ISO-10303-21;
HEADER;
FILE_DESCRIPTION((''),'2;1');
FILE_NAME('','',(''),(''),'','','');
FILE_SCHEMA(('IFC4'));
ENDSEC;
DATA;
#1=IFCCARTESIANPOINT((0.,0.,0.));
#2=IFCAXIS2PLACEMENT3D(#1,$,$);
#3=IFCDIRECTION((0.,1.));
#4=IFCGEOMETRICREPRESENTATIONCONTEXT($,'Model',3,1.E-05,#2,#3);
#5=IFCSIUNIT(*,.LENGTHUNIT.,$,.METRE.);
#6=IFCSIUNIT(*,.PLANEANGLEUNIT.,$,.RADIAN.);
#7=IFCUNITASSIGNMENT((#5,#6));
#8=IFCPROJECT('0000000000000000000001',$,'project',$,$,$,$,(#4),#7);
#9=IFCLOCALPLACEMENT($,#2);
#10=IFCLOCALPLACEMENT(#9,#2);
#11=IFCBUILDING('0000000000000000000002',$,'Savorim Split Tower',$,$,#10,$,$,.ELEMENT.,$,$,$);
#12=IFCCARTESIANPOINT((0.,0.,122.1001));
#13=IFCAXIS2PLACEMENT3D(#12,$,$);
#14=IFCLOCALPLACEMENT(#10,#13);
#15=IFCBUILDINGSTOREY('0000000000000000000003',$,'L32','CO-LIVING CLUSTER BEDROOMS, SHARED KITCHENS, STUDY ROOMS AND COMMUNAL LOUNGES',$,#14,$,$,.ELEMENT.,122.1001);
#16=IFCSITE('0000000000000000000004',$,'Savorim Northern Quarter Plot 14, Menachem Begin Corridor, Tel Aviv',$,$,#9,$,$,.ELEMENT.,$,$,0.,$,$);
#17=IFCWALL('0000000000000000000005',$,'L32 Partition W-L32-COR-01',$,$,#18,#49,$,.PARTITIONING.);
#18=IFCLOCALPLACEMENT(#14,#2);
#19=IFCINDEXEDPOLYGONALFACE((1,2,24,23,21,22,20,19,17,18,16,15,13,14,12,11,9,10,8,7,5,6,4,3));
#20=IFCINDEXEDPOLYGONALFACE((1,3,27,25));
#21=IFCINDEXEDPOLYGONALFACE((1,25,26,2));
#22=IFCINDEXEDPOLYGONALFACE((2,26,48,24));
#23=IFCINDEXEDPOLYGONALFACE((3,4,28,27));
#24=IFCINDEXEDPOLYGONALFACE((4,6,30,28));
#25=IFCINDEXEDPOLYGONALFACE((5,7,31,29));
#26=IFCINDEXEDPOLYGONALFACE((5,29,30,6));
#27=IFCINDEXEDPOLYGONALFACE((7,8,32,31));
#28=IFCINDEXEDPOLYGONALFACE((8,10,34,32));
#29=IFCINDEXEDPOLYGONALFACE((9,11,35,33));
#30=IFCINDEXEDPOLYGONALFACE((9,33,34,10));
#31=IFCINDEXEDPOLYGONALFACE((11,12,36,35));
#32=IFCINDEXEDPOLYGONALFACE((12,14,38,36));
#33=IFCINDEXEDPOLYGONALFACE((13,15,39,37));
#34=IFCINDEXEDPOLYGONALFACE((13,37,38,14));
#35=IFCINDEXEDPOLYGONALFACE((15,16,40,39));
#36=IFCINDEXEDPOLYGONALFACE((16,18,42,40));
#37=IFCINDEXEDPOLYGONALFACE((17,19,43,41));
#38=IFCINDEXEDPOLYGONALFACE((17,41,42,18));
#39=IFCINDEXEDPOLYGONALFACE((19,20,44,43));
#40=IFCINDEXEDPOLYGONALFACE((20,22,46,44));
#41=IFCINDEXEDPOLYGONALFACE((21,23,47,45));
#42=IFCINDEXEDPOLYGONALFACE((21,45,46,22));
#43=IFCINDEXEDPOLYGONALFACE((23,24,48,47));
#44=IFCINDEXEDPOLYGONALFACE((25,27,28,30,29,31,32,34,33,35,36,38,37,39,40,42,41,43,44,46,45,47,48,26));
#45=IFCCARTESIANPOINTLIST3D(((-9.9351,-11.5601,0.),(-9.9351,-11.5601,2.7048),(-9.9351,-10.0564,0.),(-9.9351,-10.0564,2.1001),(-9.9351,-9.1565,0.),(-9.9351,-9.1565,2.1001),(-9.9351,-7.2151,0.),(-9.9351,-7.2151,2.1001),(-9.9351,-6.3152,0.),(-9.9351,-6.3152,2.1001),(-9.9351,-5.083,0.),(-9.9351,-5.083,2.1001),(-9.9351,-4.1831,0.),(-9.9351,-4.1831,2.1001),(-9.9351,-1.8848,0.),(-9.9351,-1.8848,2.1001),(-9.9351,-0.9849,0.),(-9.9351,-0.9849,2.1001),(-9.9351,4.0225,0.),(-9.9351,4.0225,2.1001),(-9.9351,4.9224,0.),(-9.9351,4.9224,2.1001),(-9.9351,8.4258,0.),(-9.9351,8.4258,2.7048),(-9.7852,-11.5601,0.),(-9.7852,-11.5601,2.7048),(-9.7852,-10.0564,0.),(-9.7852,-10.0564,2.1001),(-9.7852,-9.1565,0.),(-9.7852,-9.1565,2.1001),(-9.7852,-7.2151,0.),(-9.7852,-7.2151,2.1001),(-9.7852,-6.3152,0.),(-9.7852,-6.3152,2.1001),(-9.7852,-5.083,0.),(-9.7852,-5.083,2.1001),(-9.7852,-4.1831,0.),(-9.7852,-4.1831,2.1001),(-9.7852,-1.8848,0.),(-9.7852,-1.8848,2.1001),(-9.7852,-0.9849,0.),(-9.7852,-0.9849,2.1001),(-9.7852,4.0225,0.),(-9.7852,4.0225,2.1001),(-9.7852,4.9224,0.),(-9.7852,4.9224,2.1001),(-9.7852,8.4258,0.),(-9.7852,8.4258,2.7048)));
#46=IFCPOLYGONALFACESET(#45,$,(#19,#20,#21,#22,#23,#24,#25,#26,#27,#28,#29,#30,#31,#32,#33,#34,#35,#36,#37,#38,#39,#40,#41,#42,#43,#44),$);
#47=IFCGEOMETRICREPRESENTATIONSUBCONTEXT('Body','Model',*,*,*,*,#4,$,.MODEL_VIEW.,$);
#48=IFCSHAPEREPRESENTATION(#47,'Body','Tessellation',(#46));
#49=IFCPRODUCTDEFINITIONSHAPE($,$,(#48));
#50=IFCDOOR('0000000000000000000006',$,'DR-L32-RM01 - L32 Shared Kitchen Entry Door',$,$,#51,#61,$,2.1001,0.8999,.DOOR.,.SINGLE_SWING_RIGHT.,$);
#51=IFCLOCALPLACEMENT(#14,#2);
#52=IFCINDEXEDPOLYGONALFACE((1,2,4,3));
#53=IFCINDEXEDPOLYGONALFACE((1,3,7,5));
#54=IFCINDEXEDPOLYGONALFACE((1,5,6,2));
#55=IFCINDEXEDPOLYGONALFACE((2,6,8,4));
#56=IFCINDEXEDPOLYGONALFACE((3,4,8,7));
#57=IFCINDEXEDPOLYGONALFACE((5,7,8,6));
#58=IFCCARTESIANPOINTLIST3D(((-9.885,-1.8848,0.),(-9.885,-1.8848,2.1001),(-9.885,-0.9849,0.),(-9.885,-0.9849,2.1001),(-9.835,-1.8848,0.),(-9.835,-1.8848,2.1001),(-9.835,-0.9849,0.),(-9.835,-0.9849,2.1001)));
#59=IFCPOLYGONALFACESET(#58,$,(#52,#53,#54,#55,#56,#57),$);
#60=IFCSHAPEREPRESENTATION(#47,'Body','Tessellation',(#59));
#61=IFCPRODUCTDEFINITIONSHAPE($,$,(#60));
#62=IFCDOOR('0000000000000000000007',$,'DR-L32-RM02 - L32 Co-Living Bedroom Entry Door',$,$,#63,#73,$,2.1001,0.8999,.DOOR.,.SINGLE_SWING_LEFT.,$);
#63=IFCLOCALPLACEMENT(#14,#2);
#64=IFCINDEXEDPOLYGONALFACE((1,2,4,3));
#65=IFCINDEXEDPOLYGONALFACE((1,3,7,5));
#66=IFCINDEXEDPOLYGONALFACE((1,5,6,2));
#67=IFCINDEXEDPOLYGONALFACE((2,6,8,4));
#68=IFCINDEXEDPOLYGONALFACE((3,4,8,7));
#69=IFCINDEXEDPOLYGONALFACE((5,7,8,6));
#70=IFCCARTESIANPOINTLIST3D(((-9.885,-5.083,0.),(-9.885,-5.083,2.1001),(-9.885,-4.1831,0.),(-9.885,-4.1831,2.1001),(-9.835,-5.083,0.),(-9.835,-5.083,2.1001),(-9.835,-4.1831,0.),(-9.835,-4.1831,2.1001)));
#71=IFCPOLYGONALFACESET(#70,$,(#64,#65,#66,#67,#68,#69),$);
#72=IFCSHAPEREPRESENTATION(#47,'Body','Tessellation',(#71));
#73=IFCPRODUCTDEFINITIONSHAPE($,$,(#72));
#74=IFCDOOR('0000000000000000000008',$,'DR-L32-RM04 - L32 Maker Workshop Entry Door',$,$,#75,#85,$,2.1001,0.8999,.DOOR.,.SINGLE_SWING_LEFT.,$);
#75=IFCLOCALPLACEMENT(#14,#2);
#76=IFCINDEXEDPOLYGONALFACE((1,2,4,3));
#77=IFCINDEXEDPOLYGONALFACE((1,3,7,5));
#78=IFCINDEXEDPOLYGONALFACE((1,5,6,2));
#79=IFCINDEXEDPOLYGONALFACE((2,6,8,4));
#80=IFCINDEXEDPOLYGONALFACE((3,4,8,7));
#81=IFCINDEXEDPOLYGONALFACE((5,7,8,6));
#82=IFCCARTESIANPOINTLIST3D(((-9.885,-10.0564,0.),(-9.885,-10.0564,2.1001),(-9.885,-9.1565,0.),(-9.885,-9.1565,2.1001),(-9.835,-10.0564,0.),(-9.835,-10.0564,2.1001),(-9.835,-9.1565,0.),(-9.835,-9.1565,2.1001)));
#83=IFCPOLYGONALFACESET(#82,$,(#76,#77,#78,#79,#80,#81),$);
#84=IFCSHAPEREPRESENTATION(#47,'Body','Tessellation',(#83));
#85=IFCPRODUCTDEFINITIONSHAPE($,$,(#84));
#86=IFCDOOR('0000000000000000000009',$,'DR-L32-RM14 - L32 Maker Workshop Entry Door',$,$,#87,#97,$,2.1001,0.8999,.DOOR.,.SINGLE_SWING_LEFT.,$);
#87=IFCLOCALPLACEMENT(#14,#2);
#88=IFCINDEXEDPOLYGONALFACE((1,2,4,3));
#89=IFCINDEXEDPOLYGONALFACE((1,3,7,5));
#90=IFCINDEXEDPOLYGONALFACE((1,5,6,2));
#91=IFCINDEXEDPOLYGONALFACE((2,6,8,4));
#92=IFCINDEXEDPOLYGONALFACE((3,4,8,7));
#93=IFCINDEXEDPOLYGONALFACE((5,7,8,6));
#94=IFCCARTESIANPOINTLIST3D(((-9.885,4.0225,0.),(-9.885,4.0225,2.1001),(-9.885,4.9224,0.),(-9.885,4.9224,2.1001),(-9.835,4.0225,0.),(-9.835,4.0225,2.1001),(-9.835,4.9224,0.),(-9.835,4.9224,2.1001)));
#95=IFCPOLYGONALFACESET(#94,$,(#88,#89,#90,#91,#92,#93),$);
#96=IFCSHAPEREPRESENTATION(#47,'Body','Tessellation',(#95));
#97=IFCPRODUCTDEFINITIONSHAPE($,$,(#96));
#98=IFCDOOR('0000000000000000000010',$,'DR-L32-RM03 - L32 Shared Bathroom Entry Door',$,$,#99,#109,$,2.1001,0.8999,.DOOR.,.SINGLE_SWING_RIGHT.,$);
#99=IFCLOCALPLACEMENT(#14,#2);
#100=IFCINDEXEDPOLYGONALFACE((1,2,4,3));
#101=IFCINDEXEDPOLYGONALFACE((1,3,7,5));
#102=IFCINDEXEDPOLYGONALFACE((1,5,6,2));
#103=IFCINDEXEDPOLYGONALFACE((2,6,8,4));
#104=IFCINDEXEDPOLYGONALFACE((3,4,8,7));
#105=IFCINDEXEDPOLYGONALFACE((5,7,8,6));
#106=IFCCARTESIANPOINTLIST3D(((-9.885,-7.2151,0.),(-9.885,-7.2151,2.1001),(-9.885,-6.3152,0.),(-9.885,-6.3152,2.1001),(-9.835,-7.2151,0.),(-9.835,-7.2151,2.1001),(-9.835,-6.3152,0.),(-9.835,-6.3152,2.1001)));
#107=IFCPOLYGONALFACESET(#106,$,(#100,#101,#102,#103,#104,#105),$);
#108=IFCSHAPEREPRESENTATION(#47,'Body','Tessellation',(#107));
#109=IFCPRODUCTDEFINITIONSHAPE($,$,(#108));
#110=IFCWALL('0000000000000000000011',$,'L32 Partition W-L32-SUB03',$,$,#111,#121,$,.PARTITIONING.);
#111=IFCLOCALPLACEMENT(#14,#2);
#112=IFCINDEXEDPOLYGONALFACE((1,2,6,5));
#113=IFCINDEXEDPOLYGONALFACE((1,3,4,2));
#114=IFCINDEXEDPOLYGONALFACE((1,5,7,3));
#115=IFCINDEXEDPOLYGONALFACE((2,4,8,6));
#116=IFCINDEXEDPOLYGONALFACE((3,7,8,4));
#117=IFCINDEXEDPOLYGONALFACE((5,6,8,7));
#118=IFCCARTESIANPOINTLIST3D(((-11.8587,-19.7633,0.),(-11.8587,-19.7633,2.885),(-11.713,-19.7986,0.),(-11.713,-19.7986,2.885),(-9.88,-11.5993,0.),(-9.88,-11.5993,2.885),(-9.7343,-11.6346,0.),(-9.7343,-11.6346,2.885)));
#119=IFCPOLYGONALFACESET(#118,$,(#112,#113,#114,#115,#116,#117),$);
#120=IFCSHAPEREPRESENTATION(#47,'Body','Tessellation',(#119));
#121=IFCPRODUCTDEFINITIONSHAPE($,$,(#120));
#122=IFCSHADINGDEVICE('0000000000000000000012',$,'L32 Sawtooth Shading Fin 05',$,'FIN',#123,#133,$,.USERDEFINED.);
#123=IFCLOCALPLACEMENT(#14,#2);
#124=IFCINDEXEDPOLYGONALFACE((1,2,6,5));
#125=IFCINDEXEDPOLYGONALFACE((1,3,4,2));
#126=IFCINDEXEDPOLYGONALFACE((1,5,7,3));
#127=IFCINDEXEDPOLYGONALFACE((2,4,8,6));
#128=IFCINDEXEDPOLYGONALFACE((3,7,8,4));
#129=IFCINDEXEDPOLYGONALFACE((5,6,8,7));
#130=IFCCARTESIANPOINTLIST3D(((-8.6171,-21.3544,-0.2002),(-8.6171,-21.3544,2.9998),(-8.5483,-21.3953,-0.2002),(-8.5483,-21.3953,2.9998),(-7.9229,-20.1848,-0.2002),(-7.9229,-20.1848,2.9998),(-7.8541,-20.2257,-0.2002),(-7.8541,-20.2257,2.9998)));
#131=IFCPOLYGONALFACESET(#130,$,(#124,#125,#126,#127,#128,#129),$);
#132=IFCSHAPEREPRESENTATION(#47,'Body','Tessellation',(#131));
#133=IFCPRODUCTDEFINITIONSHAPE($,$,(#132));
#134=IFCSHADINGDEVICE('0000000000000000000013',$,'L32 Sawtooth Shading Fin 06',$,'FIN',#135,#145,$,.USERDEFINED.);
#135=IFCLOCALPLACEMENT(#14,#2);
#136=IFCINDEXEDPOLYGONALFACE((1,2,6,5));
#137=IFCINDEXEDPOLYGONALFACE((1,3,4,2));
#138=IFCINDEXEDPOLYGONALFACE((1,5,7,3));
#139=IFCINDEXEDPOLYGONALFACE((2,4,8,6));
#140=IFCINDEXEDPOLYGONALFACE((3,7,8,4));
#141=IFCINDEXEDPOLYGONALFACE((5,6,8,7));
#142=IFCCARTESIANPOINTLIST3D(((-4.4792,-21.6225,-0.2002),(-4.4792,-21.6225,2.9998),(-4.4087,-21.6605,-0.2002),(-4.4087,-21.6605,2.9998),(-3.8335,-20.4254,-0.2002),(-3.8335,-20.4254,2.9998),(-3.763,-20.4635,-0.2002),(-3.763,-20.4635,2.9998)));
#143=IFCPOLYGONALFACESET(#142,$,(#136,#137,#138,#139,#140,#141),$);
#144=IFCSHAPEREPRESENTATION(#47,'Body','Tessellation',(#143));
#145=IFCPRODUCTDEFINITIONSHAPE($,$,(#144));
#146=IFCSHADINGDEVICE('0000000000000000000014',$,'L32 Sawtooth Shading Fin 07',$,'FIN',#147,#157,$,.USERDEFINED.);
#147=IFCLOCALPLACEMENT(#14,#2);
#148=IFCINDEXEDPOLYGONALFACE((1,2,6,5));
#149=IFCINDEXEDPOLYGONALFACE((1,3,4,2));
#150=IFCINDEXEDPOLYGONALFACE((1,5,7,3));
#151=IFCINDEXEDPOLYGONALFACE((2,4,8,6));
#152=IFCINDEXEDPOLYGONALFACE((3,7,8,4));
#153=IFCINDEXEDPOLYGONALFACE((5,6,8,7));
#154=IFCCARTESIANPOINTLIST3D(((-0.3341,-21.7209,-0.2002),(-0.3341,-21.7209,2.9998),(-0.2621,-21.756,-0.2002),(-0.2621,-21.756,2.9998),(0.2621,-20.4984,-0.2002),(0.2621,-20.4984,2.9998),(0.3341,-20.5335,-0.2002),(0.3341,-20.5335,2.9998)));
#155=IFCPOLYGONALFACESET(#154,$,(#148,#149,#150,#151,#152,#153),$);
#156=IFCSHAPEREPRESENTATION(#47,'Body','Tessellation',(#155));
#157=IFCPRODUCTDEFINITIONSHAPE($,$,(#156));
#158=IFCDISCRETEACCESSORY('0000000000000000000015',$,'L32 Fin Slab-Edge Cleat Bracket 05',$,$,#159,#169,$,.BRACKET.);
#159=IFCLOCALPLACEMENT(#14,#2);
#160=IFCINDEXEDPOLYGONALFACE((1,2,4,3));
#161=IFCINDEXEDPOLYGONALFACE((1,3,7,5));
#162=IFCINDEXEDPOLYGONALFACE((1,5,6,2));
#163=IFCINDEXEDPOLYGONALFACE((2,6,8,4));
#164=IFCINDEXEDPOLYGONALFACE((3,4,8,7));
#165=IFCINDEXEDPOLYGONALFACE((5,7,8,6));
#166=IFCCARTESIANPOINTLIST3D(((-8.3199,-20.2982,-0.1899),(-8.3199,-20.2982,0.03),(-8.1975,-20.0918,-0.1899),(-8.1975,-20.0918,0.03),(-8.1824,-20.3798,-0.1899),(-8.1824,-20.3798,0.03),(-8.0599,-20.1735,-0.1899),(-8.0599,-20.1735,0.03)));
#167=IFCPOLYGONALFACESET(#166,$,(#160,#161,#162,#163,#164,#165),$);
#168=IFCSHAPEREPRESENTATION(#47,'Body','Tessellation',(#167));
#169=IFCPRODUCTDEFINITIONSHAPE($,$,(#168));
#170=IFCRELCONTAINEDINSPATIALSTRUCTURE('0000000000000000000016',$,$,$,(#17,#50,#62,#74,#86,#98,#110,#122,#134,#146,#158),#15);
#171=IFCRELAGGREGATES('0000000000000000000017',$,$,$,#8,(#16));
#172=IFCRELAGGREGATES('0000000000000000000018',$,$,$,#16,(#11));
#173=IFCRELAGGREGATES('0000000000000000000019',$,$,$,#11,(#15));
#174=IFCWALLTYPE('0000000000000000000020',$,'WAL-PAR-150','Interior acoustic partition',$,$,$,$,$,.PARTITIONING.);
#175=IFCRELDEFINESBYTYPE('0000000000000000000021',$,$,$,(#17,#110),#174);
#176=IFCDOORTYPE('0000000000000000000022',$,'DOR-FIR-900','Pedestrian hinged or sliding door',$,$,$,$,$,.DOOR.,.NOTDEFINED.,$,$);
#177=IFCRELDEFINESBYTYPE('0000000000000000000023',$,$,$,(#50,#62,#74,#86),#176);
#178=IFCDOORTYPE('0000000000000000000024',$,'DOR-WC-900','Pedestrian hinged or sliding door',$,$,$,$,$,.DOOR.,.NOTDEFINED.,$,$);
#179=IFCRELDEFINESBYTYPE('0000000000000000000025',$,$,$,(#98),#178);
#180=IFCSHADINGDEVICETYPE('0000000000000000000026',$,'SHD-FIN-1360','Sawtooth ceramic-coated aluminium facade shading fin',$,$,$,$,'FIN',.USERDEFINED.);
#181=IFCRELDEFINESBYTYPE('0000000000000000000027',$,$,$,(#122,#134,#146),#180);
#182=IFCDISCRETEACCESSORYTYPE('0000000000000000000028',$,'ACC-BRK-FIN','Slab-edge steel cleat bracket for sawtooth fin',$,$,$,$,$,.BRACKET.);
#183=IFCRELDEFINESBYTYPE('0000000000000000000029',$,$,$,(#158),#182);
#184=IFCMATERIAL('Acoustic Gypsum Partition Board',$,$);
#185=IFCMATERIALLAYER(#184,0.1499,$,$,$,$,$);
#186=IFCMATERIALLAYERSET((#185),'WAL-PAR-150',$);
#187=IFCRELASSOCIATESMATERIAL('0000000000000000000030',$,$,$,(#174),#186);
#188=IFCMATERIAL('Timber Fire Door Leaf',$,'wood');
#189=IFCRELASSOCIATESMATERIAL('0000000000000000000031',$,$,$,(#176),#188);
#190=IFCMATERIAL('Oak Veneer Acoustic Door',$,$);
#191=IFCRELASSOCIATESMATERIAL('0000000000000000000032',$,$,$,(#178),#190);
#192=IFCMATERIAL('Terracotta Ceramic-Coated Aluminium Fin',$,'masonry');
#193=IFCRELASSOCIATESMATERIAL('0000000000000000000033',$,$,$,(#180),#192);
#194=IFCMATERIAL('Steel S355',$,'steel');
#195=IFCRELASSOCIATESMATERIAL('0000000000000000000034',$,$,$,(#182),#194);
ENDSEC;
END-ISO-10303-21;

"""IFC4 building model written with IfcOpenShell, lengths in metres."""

from ifc_helpers import new_model, si_unit, direction, frame, frame_2d, origin, origin_2d, place, context, subcontext, project, spatial, rectangle, extrude, material, layer, layer_set, type_object, element, fill, save


model = new_model("IFC4")

# Units and contexts
model_context = context("Model", 3, precision=1e-05, world=origin(), true_north=direction((0.0, 1.0)))
body_context = subcontext(model_context, "Body", "Model", "MODEL_VIEW")
ifc_project = project(units=[si_unit("LENGTHUNIT", "METRE"), si_unit("PLANEANGLEUNIT", "RADIAN")], contexts=[model_context])

# Site, building, storey
site_placement = place(None, origin())
site = spatial("IfcSite", under=ifc_project, at=site_placement, Name="Savorim Northern Quarter Plot 14, Menachem Begin Corridor, Tel Aviv", CompositionType="ELEMENT", RefElevation=0.0)
building_placement = place(site_placement, origin())
building = spatial("IfcBuilding", under=site, at=building_placement, Name="Savorim Split Tower", CompositionType="ELEMENT")
storey_placement = place(building_placement, frame((0.0, 0.0, 122.1001)))
storey = spatial("IfcBuildingStorey", under=building, at=storey_placement, Name="L32", Description="CO-LIVING CLUSTER BEDROOMS, SHARED KITCHENS, STUDY ROOMS AND COMMUNAL LOUNGES", CompositionType="ELEMENT", Elevation=122.1001)

# Shared definitions
ifc_material_1 = material(Name="Steel S355", Category="steel")

# Wall, openings, doors
ifc_material_2 = material(Name="Acoustic Gypsum Partition Board")
ifc_layer_1 = layer(ifc_material_2, 0.1499)
ifc_layer_set_1 = layer_set([ifc_layer_1], Name="WAL-PAR-150")
wall_type = type_object("IfcWallType", Name="WAL-PAR-150", Description="Interior acoustic partition", PredefinedType="PARTITIONING", material=ifc_layer_set_1)
wall_1_placement = place(storey_placement, frame((-9.8601, -11.5601, 0.0), z_axis=(0.0, 0.0, 1.0), x_axis=(0.0, 1.0, 0.0)))
wall_1 = element("IfcWall", 1, at=wall_1_placement, inside=storey, type_object=wall_type, Name="L32 Partition W-L32-COR-01", PredefinedType="PARTITIONING", context=body_context, shape_type="SweptSolid", body=[
    extrude(rectangle(XDim=19.9858, YDim=0.1499, at=frame_2d((9.9929, 0.0))), origin(), (0.0, 0.0, 1.0), 2.7048),
])
opening_1_placement = place(wall_1_placement, frame((9.6753, 0.0, 0.0)))
opening_1 = element("IfcOpeningElement", 2, at=opening_1_placement, cuts=wall_1, PredefinedType="OPENING", context=body_context, shape_type="SweptSolid", body=[
    extrude(rectangle(XDim=0.8999, YDim=2.1001, at=frame_2d((0.45, 1.05))), frame((0.0, 0.085, 0.0), z_axis=(0.0, -1.0, 0.0), x_axis=(1.0, 0.0, 0.0)), (0.0, 0.0, 1.0), 0.1699),
])
opening_2_placement = place(wall_1_placement, frame((6.4771, 0.0, 0.0)))
opening_2 = element("IfcOpeningElement", 3, at=opening_2_placement, cuts=wall_1, PredefinedType="OPENING", context=body_context, shape_type="SweptSolid", body=[
    extrude(rectangle(XDim=0.8999, YDim=2.1001, at=frame_2d((0.45, 1.05))), frame((0.0, 0.085, 0.0), z_axis=(0.0, -1.0, 0.0), x_axis=(1.0, 0.0, 0.0)), (0.0, 0.0, 1.0), 0.1699),
])
opening_3_placement = place(wall_1_placement, frame((4.345, 0.0, 0.0)))
opening_3 = element("IfcOpeningElement", 4, at=opening_3_placement, cuts=wall_1, PredefinedType="OPENING", context=body_context, shape_type="SweptSolid", body=[
    extrude(rectangle(XDim=0.8999, YDim=2.1001, at=frame_2d((0.45, 1.05))), frame((0.0, 0.085, 0.0), z_axis=(0.0, -1.0, 0.0), x_axis=(1.0, 0.0, 0.0)), (0.0, 0.0, 1.0), 0.1699),
])
opening_4_placement = place(wall_1_placement, frame((1.5037, 0.0, 0.0)))
opening_4 = element("IfcOpeningElement", 5, at=opening_4_placement, cuts=wall_1, PredefinedType="OPENING", context=body_context, shape_type="SweptSolid", body=[
    extrude(rectangle(XDim=0.8999, YDim=2.1001, at=frame_2d((0.45, 1.05))), frame((0.0, 0.085, 0.0), z_axis=(0.0, -1.0, 0.0), x_axis=(1.0, 0.0, 0.0)), (0.0, 0.0, 1.0), 0.1699),
])
opening_5_placement = place(wall_1_placement, frame((15.5825, 0.0, 0.0)))
opening_5 = element("IfcOpeningElement", 6, at=opening_5_placement, cuts=wall_1, PredefinedType="OPENING", context=body_context, shape_type="SweptSolid", body=[
    extrude(rectangle(XDim=0.8999, YDim=2.1001, at=frame_2d((0.45, 1.05))), frame((0.0, 0.085, 0.0), z_axis=(0.0, -1.0, 0.0), x_axis=(1.0, 0.0, 0.0)), (0.0, 0.0, 1.0), 0.1699),
])
ifc_material_3 = material(Name="Timber Fire Door Leaf", Category="wood")
door_type_1 = type_object("IfcDoorType", Name="DOR-FIR-900", Description="Pedestrian hinged or sliding door", OperationType="NOTDEFINED", PredefinedType="DOOR", material=ifc_material_3)
door_1_placement = place(opening_1_placement, origin())
door_1 = element("IfcDoor", 7, at=door_1_placement, inside=storey, type_object=door_type_1, Name="DR-L32-RM01 - L32 Shared Kitchen Entry Door", OperationType="SINGLE_SWING_RIGHT", OverallHeight=2.1001, OverallWidth=0.8999, PredefinedType="DOOR", context=body_context, shape_type="SweptSolid", body=[
    extrude(rectangle(XDim=0.8999, YDim=2.1001, at=frame_2d((0.45, 1.05))), frame((0.0, 0.0249, 0.0), z_axis=(0.0, -1.0, 0.0), x_axis=(1.0, 0.0, 0.0)), (0.0, 0.0, 1.0), 0.05),
])
fill(opening_1, door_1)
door_2_placement = place(opening_2_placement, origin())
door_2 = element("IfcDoor", 8, at=door_2_placement, inside=storey, type_object=door_type_1, Name="DR-L32-RM02 - L32 Co-Living Bedroom Entry Door", OperationType="SINGLE_SWING_LEFT", OverallHeight=2.1001, OverallWidth=0.8999, PredefinedType="DOOR", context=body_context, shape_type="SweptSolid", body=[
    extrude(rectangle(XDim=0.8999, YDim=2.1001, at=frame_2d((0.45, 1.05))), frame((0.0, 0.0249, 0.0), z_axis=(0.0, -1.0, 0.0), x_axis=(1.0, 0.0, 0.0)), (0.0, 0.0, 1.0), 0.05),
])
fill(opening_2, door_2)
door_3_placement = place(opening_4_placement, origin())
door_3 = element("IfcDoor", 9, at=door_3_placement, inside=storey, type_object=door_type_1, Name="DR-L32-RM04 - L32 Maker Workshop Entry Door", OperationType="SINGLE_SWING_LEFT", OverallHeight=2.1001, OverallWidth=0.8999, PredefinedType="DOOR", context=body_context, shape_type="SweptSolid", body=[
    extrude(rectangle(XDim=0.8999, YDim=2.1001, at=frame_2d((0.45, 1.05))), frame((0.0, 0.0249, 0.0), z_axis=(0.0, -1.0, 0.0), x_axis=(1.0, 0.0, 0.0)), (0.0, 0.0, 1.0), 0.05),
])
fill(opening_4, door_3)
door_4_placement = place(opening_5_placement, origin())
door_4 = element("IfcDoor", 10, at=door_4_placement, inside=storey, type_object=door_type_1, Name="DR-L32-RM14 - L32 Maker Workshop Entry Door", OperationType="SINGLE_SWING_LEFT", OverallHeight=2.1001, OverallWidth=0.8999, PredefinedType="DOOR", context=body_context, shape_type="SweptSolid", body=[
    extrude(rectangle(XDim=0.8999, YDim=2.1001, at=frame_2d((0.45, 1.05))), frame((0.0, 0.0249, 0.0), z_axis=(0.0, -1.0, 0.0), x_axis=(1.0, 0.0, 0.0)), (0.0, 0.0, 1.0), 0.05),
])
fill(opening_5, door_4)
ifc_material_4 = material(Name="Oak Veneer Acoustic Door")
door_type_2 = type_object("IfcDoorType", Name="DOR-WC-900", Description="Pedestrian hinged or sliding door", OperationType="NOTDEFINED", PredefinedType="DOOR", material=ifc_material_4)
door_5_placement = place(opening_3_placement, origin())
door_5 = element("IfcDoor", 11, at=door_5_placement, inside=storey, type_object=door_type_2, Name="DR-L32-RM03 - L32 Shared Bathroom Entry Door", OperationType="SINGLE_SWING_RIGHT", OverallHeight=2.1001, OverallWidth=0.8999, PredefinedType="DOOR", context=body_context, shape_type="SweptSolid", body=[
    extrude(rectangle(XDim=0.8999, YDim=2.1001, at=frame_2d((0.45, 1.05))), frame((0.0, 0.0249, 0.0), z_axis=(0.0, -1.0, 0.0), x_axis=(1.0, 0.0, 0.0)), (0.0, 0.0, 1.0), 0.05),
])
fill(opening_3, door_5)

# Wall
wall_2_placement = place(storey_placement, frame((-9.8071, -11.6169, 0.0), z_axis=(0.0, 0.0, 1.0), x_axis=(-0.235554, -0.971861, 0.0)))
element("IfcWall", 12, at=wall_2_placement, inside=storey, type_object=wall_type, Name="L32 Partition W-L32-SUB03", PredefinedType="PARTITIONING", context=body_context, shape_type="SweptSolid", body=[
    extrude(rectangle(XDim=8.4004, YDim=0.1499, at=frame_2d((4.2002, 0.0))), origin(), (0.0, 0.0, 1.0), 2.885),
])

# Shading devices
ifc_material_5 = material(Name="Terracotta Ceramic-Coated Aluminium Fin", Category="masonry")
shading_device_type = type_object("IfcShadingDeviceType", Name="SHD-FIN-1360", Description="Sawtooth ceramic-coated aluminium facade shading fin", ElementType="FIN", PredefinedType="USERDEFINED", material=ifc_material_5)
for number, where, z_axis, x_axis, name in (
    (13, (-8.2356, -20.79, -0.2002), (0.0, 0.0, 1.0), (-0.510391, -0.859942, 0.0), "L32 Sawtooth Shading Fin 05"),
    (14, (-4.1211, -21.043, -0.2002), (0.0, 0.0, 1.0), (-0.474778, -0.880106, 0.0), "L32 Sawtooth Shading Fin 06"),
    (15, (0.0, -21.1272, -0.2002), (0.0, 0.0, 1.0), (-0.438371, -0.898794, 0.0), "L32 Sawtooth Shading Fin 07"),
):
    element("IfcShadingDevice", number, at=place(storey_placement, frame(where, z_axis=z_axis, x_axis=x_axis)), inside=storey, type_object=shading_device_type, Name=name, ObjectType="FIN", PredefinedType="USERDEFINED", context=body_context, shape_type="SweptSolid", body=[
        extrude(rectangle(XDim=1.3601, YDim=0.0801, at=origin_2d()), origin(), (0.0, 0.0, 1.0), 3.2),
    ])

# Discrete accessory
discrete_accessory_type = type_object("IfcDiscreteAccessoryType", Name="ACC-BRK-FIN", Description="Slab-edge steel cleat bracket for sawtooth fin", PredefinedType="BRACKET", material=ifc_material_1)
for number, where, z_axis, x_axis, name in (
    (16, (-8.1899, -20.2358, -0.1899), (0.0, 0.0, 1.0), (-0.510391, -0.859942, 0.0), "L32 Fin Slab-Edge Cleat Bracket 05"),
):
    element("IfcDiscreteAccessory", number, at=place(storey_placement, frame(where, z_axis=z_axis, x_axis=x_axis)), inside=storey, type_object=discrete_accessory_type, Name=name, PredefinedType="BRACKET", context=body_context, shape_type="SweptSolid", body=[
        extrude(rectangle(XDim=0.24, YDim=0.1599, at=origin_2d()), origin(), (0.0, 0.0, 1.0), 0.22),
    ])

save(model, "model.ifc")
